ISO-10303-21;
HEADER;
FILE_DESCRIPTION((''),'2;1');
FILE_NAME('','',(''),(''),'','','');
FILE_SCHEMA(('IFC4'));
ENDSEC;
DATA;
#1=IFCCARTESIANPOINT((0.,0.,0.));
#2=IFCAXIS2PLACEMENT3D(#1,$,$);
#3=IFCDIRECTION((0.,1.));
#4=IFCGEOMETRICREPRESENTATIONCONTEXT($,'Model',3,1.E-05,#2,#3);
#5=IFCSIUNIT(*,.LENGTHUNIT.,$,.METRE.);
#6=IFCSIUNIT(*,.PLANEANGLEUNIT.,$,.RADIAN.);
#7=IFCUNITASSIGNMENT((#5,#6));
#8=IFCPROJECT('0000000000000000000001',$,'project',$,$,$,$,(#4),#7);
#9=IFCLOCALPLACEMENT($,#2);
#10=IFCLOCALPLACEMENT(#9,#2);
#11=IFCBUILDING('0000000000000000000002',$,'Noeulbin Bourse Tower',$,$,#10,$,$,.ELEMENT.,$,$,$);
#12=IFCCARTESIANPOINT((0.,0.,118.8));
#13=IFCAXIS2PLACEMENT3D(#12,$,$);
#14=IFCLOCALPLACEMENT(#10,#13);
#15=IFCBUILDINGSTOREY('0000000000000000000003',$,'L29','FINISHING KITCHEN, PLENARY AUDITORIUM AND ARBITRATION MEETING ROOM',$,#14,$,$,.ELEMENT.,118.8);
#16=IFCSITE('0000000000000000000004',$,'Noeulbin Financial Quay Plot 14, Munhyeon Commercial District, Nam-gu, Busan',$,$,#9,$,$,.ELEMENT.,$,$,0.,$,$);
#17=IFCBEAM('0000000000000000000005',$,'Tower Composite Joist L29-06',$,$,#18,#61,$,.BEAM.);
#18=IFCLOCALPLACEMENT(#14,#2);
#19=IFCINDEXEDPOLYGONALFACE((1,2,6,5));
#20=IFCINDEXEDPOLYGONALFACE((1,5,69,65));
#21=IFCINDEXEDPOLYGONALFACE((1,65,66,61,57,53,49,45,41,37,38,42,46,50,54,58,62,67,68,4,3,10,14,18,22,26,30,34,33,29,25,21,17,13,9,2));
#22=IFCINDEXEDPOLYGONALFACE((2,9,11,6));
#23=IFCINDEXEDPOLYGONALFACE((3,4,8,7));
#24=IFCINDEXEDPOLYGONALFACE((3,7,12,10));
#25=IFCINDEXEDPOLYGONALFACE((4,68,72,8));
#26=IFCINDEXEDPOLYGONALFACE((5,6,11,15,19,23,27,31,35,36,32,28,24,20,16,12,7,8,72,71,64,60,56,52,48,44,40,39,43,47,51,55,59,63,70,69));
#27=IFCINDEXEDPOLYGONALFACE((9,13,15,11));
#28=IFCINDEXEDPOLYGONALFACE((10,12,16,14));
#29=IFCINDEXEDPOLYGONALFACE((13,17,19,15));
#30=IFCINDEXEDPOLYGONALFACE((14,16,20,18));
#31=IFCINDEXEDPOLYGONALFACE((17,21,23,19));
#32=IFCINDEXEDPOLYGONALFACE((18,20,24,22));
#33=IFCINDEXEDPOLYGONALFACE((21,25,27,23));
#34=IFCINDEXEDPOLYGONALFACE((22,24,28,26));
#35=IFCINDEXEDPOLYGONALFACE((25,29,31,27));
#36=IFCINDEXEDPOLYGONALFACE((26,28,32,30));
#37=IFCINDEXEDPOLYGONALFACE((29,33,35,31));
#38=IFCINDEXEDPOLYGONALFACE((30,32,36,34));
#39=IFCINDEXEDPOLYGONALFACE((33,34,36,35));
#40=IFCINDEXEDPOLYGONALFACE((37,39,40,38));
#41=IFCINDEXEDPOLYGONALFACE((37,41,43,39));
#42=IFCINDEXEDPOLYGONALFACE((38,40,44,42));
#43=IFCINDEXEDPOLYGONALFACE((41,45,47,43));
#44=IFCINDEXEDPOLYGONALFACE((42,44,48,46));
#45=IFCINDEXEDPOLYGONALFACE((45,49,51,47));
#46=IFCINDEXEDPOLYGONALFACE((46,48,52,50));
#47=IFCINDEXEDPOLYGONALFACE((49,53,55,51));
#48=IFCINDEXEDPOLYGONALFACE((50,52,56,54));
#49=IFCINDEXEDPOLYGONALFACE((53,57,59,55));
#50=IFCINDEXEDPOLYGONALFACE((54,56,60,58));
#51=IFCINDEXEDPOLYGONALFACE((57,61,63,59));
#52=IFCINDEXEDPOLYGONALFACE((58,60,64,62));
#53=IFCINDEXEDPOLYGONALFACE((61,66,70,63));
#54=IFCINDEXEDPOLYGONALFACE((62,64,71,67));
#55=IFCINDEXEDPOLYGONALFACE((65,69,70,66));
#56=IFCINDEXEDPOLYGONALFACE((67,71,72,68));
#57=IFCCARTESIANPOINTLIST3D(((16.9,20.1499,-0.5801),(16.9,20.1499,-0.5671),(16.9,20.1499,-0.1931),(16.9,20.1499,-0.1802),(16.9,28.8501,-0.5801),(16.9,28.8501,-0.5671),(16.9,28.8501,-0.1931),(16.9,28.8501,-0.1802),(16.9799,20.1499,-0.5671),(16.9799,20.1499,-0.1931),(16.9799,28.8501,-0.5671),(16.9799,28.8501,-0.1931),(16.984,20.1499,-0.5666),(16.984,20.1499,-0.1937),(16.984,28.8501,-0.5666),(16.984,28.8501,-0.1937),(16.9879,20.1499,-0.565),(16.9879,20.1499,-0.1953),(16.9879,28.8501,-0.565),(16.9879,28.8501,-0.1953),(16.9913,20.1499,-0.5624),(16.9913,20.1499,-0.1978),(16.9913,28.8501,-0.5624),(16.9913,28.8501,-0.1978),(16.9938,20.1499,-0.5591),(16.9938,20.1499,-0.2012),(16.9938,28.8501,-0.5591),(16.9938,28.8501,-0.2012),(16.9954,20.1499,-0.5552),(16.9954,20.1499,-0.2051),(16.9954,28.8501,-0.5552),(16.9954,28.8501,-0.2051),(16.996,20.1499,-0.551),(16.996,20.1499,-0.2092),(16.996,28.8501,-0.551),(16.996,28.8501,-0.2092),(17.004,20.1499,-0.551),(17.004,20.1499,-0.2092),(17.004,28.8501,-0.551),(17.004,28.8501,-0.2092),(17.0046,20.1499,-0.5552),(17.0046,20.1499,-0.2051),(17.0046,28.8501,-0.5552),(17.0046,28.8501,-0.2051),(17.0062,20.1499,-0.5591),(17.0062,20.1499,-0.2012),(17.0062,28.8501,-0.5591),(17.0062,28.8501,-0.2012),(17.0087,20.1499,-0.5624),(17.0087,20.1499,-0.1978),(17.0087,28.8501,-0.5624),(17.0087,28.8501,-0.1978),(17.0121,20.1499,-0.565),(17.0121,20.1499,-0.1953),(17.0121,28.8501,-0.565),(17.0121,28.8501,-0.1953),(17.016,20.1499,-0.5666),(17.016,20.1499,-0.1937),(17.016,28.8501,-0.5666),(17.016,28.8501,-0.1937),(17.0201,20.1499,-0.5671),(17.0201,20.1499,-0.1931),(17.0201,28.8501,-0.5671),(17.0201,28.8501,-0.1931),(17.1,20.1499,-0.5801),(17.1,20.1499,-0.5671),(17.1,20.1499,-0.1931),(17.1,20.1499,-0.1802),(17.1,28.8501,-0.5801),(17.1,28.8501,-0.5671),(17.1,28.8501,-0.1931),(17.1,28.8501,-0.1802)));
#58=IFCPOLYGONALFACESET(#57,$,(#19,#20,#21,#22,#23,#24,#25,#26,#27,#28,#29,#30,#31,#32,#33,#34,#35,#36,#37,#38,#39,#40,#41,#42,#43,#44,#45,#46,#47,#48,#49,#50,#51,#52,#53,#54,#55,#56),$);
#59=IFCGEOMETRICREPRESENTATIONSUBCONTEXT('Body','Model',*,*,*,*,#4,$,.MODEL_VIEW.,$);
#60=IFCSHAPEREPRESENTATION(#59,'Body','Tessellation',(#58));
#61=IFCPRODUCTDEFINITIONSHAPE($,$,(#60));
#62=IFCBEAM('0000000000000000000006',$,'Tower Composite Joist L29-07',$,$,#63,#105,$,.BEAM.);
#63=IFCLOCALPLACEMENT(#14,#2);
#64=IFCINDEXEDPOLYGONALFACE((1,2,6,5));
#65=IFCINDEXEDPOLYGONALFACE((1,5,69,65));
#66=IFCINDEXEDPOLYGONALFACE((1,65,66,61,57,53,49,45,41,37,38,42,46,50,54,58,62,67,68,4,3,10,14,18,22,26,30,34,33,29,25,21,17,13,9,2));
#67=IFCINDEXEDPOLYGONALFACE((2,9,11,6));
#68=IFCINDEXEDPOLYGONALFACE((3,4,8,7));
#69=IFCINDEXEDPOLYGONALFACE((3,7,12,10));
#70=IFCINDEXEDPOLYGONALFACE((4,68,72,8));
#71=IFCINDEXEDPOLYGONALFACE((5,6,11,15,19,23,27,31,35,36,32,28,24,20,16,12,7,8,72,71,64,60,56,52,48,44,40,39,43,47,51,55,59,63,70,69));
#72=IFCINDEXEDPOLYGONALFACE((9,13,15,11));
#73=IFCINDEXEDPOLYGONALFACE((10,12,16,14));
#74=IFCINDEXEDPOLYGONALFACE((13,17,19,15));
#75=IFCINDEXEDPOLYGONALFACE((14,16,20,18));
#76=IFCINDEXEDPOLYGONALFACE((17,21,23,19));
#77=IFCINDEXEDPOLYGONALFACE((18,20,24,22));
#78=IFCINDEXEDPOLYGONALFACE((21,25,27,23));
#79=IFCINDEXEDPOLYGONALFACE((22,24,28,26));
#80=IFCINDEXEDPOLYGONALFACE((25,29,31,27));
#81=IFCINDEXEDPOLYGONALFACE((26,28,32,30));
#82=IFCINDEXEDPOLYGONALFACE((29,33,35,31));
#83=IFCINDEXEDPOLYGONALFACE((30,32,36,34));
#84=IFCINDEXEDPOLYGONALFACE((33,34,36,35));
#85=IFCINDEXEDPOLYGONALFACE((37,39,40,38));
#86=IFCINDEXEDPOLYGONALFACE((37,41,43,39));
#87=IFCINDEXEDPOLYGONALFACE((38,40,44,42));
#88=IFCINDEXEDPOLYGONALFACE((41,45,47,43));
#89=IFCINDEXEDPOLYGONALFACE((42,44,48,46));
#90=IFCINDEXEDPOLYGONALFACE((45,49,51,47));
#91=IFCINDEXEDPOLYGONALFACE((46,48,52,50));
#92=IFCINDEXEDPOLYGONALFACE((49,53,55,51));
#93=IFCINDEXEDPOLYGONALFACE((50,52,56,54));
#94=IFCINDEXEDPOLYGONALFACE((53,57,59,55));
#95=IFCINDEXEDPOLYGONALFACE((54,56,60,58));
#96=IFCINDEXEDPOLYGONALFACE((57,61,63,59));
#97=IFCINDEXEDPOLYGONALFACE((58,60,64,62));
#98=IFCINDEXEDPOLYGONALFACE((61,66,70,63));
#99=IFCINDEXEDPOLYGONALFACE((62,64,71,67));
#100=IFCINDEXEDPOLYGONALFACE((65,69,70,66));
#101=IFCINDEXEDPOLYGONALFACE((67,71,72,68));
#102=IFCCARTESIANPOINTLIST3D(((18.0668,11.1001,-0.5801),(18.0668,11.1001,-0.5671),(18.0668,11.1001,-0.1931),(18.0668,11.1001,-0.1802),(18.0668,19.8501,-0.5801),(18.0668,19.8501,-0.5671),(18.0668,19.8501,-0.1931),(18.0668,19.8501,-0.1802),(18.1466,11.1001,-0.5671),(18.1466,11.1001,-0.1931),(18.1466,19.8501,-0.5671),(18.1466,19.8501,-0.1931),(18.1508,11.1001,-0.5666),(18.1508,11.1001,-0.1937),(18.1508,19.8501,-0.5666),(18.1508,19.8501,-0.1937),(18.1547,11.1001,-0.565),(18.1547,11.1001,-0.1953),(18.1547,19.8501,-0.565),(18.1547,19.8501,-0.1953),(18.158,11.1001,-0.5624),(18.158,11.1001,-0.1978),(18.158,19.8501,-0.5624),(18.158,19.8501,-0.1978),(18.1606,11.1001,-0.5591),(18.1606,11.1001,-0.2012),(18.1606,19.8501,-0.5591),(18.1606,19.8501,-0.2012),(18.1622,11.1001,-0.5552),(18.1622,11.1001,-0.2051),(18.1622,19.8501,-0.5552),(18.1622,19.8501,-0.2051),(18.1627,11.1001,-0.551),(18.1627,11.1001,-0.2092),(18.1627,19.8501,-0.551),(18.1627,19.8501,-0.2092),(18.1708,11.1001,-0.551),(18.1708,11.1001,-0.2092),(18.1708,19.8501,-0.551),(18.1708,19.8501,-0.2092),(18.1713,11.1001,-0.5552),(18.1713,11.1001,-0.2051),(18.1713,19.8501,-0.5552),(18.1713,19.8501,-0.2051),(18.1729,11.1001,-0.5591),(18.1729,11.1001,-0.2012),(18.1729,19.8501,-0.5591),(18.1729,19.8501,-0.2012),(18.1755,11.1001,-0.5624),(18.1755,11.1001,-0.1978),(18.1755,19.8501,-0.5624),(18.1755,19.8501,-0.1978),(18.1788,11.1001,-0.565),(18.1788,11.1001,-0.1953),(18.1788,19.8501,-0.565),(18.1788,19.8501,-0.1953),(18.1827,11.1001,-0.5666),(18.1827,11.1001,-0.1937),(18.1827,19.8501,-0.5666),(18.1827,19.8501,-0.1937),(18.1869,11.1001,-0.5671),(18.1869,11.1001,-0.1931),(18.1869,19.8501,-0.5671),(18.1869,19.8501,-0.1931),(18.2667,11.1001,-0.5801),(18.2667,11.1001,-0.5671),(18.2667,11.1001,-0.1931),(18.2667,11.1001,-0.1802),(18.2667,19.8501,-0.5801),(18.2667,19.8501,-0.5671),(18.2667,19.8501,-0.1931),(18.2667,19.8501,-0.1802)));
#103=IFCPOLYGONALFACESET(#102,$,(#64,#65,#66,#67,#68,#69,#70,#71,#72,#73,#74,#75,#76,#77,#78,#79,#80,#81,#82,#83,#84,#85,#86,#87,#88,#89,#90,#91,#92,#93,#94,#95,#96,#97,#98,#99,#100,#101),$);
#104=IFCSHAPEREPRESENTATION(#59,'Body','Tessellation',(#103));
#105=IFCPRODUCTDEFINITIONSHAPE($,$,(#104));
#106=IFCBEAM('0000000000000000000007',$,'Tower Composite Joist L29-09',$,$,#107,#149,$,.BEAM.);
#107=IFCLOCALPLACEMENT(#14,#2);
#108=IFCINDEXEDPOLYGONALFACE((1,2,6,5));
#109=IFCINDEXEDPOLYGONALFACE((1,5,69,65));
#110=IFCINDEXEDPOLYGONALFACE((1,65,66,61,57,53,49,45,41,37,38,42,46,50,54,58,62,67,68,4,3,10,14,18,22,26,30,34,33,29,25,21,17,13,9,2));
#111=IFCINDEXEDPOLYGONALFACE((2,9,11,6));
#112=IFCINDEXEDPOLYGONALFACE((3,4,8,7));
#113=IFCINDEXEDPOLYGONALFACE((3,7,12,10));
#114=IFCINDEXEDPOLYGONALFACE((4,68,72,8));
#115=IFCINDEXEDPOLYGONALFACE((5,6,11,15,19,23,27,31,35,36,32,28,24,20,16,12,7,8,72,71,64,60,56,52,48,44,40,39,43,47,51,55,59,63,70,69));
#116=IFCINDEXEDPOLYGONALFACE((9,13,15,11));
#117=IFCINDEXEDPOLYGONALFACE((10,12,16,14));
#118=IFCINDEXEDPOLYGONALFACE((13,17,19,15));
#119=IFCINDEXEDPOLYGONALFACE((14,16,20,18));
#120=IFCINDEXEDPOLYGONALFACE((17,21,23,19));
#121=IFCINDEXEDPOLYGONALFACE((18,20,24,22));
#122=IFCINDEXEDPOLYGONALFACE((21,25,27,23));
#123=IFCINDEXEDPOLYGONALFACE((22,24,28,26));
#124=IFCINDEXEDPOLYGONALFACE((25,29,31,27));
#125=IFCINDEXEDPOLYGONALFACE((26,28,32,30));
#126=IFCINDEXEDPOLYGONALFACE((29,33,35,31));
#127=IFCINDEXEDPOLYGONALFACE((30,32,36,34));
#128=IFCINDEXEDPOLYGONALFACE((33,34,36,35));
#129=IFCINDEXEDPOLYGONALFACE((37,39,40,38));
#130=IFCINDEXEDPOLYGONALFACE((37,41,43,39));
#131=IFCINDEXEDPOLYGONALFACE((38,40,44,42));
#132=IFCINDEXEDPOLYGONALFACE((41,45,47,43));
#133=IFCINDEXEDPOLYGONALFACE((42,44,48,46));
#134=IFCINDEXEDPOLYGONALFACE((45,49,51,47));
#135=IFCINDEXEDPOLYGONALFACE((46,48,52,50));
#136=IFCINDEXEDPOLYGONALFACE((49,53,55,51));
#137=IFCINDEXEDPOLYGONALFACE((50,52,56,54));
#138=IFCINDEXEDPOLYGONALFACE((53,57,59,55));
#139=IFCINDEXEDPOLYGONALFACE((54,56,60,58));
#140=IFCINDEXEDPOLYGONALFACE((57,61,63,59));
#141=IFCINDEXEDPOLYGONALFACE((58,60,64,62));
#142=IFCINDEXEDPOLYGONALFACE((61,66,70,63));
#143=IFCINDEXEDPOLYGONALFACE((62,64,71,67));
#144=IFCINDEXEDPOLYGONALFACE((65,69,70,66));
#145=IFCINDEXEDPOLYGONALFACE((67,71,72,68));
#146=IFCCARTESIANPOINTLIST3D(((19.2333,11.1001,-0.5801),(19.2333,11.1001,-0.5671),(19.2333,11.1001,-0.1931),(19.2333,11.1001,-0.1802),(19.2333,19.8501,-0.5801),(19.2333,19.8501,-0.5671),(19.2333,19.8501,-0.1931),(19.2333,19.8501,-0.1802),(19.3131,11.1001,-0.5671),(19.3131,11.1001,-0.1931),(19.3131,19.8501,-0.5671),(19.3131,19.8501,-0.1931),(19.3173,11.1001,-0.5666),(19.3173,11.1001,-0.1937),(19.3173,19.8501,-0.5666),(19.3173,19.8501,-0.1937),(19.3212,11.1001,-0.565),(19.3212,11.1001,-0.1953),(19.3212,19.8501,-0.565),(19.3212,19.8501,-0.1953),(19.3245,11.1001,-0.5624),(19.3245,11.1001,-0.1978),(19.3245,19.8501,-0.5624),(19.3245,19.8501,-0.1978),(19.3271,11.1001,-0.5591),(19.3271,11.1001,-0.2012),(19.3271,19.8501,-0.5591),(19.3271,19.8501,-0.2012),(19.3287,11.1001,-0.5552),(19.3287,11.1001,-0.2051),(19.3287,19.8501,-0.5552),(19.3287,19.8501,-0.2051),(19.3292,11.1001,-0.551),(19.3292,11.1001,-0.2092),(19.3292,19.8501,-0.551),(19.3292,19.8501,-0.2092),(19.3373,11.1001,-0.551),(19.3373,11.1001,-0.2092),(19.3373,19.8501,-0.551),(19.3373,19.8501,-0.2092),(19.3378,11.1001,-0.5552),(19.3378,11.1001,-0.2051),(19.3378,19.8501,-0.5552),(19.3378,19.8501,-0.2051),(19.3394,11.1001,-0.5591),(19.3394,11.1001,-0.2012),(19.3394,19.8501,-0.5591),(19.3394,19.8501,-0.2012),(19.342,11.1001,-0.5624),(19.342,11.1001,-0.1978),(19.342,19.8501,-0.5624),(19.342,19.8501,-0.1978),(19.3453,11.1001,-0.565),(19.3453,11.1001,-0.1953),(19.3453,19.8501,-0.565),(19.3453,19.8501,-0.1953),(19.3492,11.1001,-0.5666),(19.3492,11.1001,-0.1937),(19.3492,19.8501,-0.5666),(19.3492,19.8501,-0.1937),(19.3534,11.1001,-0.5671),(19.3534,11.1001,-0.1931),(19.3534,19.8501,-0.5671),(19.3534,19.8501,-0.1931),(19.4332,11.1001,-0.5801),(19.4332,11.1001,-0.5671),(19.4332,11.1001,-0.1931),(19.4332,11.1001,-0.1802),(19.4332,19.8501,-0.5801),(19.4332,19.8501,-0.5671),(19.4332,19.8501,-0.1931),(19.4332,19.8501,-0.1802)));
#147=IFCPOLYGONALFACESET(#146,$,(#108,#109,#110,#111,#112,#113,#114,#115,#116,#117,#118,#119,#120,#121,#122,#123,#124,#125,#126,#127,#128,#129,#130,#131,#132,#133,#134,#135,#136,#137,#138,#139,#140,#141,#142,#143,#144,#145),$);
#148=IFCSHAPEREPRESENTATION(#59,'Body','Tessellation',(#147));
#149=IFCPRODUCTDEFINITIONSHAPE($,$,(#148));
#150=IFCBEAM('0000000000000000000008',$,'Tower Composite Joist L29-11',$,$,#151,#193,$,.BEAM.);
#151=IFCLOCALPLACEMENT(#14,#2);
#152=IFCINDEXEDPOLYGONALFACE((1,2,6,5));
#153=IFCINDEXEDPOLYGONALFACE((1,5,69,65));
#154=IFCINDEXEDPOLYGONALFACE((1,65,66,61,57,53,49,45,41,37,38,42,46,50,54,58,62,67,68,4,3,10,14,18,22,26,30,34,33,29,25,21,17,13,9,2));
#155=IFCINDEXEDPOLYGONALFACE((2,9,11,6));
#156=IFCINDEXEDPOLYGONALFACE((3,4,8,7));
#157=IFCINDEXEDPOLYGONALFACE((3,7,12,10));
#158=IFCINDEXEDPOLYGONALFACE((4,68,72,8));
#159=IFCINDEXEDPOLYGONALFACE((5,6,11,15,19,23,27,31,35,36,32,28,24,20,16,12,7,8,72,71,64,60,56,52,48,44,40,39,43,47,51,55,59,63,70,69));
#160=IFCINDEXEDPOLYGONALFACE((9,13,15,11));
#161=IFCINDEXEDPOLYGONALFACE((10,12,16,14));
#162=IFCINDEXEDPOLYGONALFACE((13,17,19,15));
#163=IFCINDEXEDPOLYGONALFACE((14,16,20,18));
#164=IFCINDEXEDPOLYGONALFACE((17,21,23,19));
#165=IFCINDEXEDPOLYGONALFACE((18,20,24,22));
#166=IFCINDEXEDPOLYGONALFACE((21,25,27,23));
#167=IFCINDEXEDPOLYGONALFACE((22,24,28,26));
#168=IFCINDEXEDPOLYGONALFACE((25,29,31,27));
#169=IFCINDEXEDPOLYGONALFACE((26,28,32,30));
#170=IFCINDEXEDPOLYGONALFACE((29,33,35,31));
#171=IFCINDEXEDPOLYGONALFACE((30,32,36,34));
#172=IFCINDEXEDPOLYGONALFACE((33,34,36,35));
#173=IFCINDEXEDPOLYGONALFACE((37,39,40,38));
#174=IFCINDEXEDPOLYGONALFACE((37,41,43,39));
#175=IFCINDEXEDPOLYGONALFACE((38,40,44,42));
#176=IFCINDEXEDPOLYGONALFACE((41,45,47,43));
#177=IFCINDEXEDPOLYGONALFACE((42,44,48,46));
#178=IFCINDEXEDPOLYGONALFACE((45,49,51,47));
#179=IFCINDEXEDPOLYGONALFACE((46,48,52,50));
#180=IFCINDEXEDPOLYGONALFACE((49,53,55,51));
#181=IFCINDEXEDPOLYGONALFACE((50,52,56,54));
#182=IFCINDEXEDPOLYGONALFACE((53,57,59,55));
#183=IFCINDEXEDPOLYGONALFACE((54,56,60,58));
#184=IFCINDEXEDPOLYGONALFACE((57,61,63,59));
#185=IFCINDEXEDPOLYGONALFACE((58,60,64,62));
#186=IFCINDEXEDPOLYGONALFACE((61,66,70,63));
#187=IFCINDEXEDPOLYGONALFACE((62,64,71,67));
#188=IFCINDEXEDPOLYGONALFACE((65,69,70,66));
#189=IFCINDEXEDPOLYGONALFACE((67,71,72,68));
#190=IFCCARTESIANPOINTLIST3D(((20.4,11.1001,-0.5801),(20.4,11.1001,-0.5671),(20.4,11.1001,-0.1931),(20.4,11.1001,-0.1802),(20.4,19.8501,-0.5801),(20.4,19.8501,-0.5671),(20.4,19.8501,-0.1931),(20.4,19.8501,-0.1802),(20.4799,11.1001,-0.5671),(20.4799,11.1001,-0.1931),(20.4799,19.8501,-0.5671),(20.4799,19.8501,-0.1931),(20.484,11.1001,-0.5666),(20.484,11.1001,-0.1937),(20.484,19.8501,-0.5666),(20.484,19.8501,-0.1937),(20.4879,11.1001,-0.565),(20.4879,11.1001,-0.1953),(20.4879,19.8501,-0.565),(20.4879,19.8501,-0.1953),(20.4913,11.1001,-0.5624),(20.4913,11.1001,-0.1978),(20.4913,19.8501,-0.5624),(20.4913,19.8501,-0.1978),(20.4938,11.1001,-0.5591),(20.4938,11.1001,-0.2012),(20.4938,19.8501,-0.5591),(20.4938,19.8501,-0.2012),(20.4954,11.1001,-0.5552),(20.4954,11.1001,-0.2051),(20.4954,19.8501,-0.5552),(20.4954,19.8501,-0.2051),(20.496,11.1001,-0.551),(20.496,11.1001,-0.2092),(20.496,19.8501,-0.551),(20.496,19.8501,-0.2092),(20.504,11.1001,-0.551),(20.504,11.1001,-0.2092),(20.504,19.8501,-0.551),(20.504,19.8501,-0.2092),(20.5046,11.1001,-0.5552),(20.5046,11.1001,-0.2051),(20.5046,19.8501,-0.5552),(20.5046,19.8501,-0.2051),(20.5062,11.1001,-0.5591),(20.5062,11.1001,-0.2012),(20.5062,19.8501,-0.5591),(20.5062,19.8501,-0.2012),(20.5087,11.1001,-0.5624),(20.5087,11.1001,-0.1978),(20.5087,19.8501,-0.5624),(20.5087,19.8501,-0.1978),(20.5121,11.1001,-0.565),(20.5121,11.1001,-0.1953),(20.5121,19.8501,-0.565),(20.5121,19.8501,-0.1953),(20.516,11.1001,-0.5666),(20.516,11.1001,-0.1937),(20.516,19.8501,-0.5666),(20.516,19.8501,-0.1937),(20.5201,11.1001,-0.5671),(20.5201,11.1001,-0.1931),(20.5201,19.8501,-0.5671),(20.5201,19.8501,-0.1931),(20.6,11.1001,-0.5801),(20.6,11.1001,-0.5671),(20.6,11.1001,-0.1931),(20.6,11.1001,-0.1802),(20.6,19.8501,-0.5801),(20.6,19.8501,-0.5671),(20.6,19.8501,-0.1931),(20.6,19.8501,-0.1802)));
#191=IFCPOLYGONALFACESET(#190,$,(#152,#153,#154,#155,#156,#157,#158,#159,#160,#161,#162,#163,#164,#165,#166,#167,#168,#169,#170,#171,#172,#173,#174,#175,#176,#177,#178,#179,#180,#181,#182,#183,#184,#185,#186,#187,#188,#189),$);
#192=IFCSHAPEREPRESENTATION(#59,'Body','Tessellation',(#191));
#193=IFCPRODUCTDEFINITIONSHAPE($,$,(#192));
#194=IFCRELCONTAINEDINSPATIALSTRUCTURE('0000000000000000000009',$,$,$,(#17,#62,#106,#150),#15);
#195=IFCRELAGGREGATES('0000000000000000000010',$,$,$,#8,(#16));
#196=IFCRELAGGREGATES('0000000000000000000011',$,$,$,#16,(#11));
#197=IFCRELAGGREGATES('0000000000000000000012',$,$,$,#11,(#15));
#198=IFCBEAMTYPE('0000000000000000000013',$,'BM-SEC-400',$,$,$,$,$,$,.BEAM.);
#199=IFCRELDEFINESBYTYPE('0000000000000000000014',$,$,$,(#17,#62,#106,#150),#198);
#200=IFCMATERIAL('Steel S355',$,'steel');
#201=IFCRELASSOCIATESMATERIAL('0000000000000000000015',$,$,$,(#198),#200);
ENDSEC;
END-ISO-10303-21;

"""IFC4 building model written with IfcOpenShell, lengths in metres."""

from ifc_helpers import new_model, si_unit, direction, frame, origin, origin_2d, place, context, subcontext, project, spatial, i_section, extrude, material, material_profile, profile_set, type_object, element, save


model = new_model("IFC4")

# Units and contexts
model_context = context("Model", 3, precision=1e-05, world=origin(), true_north=direction((0.0, 1.0)))
body_context = subcontext(model_context, "Body", "Model", "MODEL_VIEW")
ifc_project = project(units=[si_unit("LENGTHUNIT", "METRE"), si_unit("PLANEANGLEUNIT", "RADIAN")], contexts=[model_context])

# Site, building, storey
site_placement = place(None, origin())
site = spatial("IfcSite", under=ifc_project, at=site_placement, Name="Noeulbin Financial Quay Plot 14, Munhyeon Commercial District, Nam-gu, Busan", CompositionType="ELEMENT", RefElevation=0.0)
building_placement = place(site_placement, origin())
building = spatial("IfcBuilding", under=site, at=building_placement, Name="Noeulbin Bourse Tower", CompositionType="ELEMENT")
storey_placement = place(building_placement, frame((0.0, 0.0, 118.8)))
storey = spatial("IfcBuildingStorey", under=building, at=storey_placement, Name="L29", Description="FINISHING KITCHEN, PLENARY AUDITORIUM AND ARBITRATION MEETING ROOM", CompositionType="ELEMENT", Elevation=118.8)

# Beams
ifc_material_1 = material(Name="Steel S355", Category="steel")
ifc_material_profile_1 = material_profile(ifc_material_1, i_section(OverallWidth=0.2, OverallDepth=0.3999, WebThickness=0.0081, FlangeThickness=0.0129, FilletRadius=0.0161, at=origin_2d()), Name="H-400x200x8x13", Category="LoadBearing")
ifc_profile_set_1 = profile_set([ifc_material_profile_1], Name="Steel S355")
beam_type_1 = type_object("IfcBeamType", Name="BM-SEC-400", PredefinedType="BEAM", material=ifc_profile_set_1)
beam_1_placement = place(storey_placement, frame((17.0, 20.1499, -0.3801), z_axis=(0.0, 1.0, 0.0), x_axis=(-1.0, 0.0, 0.0)))
element("IfcBeam", 1, at=beam_1_placement, inside=storey, type_object=beam_type_1, Name="Tower Composite Joist L29-06", PredefinedType="BEAM", context=body_context, shape_type="SweptSolid", body=[
    extrude(i_section(OverallWidth=0.2, OverallDepth=0.3999, WebThickness=0.0081, FlangeThickness=0.0129, FilletRadius=0.0161, at=origin_2d()), origin(), (0.0, 0.0, 1.0), 8.7002),
])
for number, where, z_axis, x_axis, name in (
    (2, (18.1667, 11.1001, -0.3801), (0.0, 1.0, 0.0), (-1.0, 0.0, 0.0), "Tower Composite Joist L29-07"),
    (3, (19.3333, 11.1001, -0.3801), (0.0, 1.0, 0.0), (-1.0, 0.0, 0.0), "Tower Composite Joist L29-09"),
    (4, (20.5, 11.1001, -0.3801), (0.0, 1.0, 0.0), (-1.0, 0.0, 0.0), "Tower Composite Joist L29-11"),
):
    element("IfcBeam", number, at=place(storey_placement, frame(where, z_axis=z_axis, x_axis=x_axis)), inside=storey, type_object=beam_type_1, Name=name, PredefinedType="BEAM", context=body_context, shape_type="SweptSolid", body=[
        extrude(i_section(OverallWidth=0.2, OverallDepth=0.3999, WebThickness=0.0081, FlangeThickness=0.0129, FilletRadius=0.0161, at=origin_2d()), origin(), (0.0, 0.0, 1.0), 8.75),
    ])

save(model, "model.ifc")
